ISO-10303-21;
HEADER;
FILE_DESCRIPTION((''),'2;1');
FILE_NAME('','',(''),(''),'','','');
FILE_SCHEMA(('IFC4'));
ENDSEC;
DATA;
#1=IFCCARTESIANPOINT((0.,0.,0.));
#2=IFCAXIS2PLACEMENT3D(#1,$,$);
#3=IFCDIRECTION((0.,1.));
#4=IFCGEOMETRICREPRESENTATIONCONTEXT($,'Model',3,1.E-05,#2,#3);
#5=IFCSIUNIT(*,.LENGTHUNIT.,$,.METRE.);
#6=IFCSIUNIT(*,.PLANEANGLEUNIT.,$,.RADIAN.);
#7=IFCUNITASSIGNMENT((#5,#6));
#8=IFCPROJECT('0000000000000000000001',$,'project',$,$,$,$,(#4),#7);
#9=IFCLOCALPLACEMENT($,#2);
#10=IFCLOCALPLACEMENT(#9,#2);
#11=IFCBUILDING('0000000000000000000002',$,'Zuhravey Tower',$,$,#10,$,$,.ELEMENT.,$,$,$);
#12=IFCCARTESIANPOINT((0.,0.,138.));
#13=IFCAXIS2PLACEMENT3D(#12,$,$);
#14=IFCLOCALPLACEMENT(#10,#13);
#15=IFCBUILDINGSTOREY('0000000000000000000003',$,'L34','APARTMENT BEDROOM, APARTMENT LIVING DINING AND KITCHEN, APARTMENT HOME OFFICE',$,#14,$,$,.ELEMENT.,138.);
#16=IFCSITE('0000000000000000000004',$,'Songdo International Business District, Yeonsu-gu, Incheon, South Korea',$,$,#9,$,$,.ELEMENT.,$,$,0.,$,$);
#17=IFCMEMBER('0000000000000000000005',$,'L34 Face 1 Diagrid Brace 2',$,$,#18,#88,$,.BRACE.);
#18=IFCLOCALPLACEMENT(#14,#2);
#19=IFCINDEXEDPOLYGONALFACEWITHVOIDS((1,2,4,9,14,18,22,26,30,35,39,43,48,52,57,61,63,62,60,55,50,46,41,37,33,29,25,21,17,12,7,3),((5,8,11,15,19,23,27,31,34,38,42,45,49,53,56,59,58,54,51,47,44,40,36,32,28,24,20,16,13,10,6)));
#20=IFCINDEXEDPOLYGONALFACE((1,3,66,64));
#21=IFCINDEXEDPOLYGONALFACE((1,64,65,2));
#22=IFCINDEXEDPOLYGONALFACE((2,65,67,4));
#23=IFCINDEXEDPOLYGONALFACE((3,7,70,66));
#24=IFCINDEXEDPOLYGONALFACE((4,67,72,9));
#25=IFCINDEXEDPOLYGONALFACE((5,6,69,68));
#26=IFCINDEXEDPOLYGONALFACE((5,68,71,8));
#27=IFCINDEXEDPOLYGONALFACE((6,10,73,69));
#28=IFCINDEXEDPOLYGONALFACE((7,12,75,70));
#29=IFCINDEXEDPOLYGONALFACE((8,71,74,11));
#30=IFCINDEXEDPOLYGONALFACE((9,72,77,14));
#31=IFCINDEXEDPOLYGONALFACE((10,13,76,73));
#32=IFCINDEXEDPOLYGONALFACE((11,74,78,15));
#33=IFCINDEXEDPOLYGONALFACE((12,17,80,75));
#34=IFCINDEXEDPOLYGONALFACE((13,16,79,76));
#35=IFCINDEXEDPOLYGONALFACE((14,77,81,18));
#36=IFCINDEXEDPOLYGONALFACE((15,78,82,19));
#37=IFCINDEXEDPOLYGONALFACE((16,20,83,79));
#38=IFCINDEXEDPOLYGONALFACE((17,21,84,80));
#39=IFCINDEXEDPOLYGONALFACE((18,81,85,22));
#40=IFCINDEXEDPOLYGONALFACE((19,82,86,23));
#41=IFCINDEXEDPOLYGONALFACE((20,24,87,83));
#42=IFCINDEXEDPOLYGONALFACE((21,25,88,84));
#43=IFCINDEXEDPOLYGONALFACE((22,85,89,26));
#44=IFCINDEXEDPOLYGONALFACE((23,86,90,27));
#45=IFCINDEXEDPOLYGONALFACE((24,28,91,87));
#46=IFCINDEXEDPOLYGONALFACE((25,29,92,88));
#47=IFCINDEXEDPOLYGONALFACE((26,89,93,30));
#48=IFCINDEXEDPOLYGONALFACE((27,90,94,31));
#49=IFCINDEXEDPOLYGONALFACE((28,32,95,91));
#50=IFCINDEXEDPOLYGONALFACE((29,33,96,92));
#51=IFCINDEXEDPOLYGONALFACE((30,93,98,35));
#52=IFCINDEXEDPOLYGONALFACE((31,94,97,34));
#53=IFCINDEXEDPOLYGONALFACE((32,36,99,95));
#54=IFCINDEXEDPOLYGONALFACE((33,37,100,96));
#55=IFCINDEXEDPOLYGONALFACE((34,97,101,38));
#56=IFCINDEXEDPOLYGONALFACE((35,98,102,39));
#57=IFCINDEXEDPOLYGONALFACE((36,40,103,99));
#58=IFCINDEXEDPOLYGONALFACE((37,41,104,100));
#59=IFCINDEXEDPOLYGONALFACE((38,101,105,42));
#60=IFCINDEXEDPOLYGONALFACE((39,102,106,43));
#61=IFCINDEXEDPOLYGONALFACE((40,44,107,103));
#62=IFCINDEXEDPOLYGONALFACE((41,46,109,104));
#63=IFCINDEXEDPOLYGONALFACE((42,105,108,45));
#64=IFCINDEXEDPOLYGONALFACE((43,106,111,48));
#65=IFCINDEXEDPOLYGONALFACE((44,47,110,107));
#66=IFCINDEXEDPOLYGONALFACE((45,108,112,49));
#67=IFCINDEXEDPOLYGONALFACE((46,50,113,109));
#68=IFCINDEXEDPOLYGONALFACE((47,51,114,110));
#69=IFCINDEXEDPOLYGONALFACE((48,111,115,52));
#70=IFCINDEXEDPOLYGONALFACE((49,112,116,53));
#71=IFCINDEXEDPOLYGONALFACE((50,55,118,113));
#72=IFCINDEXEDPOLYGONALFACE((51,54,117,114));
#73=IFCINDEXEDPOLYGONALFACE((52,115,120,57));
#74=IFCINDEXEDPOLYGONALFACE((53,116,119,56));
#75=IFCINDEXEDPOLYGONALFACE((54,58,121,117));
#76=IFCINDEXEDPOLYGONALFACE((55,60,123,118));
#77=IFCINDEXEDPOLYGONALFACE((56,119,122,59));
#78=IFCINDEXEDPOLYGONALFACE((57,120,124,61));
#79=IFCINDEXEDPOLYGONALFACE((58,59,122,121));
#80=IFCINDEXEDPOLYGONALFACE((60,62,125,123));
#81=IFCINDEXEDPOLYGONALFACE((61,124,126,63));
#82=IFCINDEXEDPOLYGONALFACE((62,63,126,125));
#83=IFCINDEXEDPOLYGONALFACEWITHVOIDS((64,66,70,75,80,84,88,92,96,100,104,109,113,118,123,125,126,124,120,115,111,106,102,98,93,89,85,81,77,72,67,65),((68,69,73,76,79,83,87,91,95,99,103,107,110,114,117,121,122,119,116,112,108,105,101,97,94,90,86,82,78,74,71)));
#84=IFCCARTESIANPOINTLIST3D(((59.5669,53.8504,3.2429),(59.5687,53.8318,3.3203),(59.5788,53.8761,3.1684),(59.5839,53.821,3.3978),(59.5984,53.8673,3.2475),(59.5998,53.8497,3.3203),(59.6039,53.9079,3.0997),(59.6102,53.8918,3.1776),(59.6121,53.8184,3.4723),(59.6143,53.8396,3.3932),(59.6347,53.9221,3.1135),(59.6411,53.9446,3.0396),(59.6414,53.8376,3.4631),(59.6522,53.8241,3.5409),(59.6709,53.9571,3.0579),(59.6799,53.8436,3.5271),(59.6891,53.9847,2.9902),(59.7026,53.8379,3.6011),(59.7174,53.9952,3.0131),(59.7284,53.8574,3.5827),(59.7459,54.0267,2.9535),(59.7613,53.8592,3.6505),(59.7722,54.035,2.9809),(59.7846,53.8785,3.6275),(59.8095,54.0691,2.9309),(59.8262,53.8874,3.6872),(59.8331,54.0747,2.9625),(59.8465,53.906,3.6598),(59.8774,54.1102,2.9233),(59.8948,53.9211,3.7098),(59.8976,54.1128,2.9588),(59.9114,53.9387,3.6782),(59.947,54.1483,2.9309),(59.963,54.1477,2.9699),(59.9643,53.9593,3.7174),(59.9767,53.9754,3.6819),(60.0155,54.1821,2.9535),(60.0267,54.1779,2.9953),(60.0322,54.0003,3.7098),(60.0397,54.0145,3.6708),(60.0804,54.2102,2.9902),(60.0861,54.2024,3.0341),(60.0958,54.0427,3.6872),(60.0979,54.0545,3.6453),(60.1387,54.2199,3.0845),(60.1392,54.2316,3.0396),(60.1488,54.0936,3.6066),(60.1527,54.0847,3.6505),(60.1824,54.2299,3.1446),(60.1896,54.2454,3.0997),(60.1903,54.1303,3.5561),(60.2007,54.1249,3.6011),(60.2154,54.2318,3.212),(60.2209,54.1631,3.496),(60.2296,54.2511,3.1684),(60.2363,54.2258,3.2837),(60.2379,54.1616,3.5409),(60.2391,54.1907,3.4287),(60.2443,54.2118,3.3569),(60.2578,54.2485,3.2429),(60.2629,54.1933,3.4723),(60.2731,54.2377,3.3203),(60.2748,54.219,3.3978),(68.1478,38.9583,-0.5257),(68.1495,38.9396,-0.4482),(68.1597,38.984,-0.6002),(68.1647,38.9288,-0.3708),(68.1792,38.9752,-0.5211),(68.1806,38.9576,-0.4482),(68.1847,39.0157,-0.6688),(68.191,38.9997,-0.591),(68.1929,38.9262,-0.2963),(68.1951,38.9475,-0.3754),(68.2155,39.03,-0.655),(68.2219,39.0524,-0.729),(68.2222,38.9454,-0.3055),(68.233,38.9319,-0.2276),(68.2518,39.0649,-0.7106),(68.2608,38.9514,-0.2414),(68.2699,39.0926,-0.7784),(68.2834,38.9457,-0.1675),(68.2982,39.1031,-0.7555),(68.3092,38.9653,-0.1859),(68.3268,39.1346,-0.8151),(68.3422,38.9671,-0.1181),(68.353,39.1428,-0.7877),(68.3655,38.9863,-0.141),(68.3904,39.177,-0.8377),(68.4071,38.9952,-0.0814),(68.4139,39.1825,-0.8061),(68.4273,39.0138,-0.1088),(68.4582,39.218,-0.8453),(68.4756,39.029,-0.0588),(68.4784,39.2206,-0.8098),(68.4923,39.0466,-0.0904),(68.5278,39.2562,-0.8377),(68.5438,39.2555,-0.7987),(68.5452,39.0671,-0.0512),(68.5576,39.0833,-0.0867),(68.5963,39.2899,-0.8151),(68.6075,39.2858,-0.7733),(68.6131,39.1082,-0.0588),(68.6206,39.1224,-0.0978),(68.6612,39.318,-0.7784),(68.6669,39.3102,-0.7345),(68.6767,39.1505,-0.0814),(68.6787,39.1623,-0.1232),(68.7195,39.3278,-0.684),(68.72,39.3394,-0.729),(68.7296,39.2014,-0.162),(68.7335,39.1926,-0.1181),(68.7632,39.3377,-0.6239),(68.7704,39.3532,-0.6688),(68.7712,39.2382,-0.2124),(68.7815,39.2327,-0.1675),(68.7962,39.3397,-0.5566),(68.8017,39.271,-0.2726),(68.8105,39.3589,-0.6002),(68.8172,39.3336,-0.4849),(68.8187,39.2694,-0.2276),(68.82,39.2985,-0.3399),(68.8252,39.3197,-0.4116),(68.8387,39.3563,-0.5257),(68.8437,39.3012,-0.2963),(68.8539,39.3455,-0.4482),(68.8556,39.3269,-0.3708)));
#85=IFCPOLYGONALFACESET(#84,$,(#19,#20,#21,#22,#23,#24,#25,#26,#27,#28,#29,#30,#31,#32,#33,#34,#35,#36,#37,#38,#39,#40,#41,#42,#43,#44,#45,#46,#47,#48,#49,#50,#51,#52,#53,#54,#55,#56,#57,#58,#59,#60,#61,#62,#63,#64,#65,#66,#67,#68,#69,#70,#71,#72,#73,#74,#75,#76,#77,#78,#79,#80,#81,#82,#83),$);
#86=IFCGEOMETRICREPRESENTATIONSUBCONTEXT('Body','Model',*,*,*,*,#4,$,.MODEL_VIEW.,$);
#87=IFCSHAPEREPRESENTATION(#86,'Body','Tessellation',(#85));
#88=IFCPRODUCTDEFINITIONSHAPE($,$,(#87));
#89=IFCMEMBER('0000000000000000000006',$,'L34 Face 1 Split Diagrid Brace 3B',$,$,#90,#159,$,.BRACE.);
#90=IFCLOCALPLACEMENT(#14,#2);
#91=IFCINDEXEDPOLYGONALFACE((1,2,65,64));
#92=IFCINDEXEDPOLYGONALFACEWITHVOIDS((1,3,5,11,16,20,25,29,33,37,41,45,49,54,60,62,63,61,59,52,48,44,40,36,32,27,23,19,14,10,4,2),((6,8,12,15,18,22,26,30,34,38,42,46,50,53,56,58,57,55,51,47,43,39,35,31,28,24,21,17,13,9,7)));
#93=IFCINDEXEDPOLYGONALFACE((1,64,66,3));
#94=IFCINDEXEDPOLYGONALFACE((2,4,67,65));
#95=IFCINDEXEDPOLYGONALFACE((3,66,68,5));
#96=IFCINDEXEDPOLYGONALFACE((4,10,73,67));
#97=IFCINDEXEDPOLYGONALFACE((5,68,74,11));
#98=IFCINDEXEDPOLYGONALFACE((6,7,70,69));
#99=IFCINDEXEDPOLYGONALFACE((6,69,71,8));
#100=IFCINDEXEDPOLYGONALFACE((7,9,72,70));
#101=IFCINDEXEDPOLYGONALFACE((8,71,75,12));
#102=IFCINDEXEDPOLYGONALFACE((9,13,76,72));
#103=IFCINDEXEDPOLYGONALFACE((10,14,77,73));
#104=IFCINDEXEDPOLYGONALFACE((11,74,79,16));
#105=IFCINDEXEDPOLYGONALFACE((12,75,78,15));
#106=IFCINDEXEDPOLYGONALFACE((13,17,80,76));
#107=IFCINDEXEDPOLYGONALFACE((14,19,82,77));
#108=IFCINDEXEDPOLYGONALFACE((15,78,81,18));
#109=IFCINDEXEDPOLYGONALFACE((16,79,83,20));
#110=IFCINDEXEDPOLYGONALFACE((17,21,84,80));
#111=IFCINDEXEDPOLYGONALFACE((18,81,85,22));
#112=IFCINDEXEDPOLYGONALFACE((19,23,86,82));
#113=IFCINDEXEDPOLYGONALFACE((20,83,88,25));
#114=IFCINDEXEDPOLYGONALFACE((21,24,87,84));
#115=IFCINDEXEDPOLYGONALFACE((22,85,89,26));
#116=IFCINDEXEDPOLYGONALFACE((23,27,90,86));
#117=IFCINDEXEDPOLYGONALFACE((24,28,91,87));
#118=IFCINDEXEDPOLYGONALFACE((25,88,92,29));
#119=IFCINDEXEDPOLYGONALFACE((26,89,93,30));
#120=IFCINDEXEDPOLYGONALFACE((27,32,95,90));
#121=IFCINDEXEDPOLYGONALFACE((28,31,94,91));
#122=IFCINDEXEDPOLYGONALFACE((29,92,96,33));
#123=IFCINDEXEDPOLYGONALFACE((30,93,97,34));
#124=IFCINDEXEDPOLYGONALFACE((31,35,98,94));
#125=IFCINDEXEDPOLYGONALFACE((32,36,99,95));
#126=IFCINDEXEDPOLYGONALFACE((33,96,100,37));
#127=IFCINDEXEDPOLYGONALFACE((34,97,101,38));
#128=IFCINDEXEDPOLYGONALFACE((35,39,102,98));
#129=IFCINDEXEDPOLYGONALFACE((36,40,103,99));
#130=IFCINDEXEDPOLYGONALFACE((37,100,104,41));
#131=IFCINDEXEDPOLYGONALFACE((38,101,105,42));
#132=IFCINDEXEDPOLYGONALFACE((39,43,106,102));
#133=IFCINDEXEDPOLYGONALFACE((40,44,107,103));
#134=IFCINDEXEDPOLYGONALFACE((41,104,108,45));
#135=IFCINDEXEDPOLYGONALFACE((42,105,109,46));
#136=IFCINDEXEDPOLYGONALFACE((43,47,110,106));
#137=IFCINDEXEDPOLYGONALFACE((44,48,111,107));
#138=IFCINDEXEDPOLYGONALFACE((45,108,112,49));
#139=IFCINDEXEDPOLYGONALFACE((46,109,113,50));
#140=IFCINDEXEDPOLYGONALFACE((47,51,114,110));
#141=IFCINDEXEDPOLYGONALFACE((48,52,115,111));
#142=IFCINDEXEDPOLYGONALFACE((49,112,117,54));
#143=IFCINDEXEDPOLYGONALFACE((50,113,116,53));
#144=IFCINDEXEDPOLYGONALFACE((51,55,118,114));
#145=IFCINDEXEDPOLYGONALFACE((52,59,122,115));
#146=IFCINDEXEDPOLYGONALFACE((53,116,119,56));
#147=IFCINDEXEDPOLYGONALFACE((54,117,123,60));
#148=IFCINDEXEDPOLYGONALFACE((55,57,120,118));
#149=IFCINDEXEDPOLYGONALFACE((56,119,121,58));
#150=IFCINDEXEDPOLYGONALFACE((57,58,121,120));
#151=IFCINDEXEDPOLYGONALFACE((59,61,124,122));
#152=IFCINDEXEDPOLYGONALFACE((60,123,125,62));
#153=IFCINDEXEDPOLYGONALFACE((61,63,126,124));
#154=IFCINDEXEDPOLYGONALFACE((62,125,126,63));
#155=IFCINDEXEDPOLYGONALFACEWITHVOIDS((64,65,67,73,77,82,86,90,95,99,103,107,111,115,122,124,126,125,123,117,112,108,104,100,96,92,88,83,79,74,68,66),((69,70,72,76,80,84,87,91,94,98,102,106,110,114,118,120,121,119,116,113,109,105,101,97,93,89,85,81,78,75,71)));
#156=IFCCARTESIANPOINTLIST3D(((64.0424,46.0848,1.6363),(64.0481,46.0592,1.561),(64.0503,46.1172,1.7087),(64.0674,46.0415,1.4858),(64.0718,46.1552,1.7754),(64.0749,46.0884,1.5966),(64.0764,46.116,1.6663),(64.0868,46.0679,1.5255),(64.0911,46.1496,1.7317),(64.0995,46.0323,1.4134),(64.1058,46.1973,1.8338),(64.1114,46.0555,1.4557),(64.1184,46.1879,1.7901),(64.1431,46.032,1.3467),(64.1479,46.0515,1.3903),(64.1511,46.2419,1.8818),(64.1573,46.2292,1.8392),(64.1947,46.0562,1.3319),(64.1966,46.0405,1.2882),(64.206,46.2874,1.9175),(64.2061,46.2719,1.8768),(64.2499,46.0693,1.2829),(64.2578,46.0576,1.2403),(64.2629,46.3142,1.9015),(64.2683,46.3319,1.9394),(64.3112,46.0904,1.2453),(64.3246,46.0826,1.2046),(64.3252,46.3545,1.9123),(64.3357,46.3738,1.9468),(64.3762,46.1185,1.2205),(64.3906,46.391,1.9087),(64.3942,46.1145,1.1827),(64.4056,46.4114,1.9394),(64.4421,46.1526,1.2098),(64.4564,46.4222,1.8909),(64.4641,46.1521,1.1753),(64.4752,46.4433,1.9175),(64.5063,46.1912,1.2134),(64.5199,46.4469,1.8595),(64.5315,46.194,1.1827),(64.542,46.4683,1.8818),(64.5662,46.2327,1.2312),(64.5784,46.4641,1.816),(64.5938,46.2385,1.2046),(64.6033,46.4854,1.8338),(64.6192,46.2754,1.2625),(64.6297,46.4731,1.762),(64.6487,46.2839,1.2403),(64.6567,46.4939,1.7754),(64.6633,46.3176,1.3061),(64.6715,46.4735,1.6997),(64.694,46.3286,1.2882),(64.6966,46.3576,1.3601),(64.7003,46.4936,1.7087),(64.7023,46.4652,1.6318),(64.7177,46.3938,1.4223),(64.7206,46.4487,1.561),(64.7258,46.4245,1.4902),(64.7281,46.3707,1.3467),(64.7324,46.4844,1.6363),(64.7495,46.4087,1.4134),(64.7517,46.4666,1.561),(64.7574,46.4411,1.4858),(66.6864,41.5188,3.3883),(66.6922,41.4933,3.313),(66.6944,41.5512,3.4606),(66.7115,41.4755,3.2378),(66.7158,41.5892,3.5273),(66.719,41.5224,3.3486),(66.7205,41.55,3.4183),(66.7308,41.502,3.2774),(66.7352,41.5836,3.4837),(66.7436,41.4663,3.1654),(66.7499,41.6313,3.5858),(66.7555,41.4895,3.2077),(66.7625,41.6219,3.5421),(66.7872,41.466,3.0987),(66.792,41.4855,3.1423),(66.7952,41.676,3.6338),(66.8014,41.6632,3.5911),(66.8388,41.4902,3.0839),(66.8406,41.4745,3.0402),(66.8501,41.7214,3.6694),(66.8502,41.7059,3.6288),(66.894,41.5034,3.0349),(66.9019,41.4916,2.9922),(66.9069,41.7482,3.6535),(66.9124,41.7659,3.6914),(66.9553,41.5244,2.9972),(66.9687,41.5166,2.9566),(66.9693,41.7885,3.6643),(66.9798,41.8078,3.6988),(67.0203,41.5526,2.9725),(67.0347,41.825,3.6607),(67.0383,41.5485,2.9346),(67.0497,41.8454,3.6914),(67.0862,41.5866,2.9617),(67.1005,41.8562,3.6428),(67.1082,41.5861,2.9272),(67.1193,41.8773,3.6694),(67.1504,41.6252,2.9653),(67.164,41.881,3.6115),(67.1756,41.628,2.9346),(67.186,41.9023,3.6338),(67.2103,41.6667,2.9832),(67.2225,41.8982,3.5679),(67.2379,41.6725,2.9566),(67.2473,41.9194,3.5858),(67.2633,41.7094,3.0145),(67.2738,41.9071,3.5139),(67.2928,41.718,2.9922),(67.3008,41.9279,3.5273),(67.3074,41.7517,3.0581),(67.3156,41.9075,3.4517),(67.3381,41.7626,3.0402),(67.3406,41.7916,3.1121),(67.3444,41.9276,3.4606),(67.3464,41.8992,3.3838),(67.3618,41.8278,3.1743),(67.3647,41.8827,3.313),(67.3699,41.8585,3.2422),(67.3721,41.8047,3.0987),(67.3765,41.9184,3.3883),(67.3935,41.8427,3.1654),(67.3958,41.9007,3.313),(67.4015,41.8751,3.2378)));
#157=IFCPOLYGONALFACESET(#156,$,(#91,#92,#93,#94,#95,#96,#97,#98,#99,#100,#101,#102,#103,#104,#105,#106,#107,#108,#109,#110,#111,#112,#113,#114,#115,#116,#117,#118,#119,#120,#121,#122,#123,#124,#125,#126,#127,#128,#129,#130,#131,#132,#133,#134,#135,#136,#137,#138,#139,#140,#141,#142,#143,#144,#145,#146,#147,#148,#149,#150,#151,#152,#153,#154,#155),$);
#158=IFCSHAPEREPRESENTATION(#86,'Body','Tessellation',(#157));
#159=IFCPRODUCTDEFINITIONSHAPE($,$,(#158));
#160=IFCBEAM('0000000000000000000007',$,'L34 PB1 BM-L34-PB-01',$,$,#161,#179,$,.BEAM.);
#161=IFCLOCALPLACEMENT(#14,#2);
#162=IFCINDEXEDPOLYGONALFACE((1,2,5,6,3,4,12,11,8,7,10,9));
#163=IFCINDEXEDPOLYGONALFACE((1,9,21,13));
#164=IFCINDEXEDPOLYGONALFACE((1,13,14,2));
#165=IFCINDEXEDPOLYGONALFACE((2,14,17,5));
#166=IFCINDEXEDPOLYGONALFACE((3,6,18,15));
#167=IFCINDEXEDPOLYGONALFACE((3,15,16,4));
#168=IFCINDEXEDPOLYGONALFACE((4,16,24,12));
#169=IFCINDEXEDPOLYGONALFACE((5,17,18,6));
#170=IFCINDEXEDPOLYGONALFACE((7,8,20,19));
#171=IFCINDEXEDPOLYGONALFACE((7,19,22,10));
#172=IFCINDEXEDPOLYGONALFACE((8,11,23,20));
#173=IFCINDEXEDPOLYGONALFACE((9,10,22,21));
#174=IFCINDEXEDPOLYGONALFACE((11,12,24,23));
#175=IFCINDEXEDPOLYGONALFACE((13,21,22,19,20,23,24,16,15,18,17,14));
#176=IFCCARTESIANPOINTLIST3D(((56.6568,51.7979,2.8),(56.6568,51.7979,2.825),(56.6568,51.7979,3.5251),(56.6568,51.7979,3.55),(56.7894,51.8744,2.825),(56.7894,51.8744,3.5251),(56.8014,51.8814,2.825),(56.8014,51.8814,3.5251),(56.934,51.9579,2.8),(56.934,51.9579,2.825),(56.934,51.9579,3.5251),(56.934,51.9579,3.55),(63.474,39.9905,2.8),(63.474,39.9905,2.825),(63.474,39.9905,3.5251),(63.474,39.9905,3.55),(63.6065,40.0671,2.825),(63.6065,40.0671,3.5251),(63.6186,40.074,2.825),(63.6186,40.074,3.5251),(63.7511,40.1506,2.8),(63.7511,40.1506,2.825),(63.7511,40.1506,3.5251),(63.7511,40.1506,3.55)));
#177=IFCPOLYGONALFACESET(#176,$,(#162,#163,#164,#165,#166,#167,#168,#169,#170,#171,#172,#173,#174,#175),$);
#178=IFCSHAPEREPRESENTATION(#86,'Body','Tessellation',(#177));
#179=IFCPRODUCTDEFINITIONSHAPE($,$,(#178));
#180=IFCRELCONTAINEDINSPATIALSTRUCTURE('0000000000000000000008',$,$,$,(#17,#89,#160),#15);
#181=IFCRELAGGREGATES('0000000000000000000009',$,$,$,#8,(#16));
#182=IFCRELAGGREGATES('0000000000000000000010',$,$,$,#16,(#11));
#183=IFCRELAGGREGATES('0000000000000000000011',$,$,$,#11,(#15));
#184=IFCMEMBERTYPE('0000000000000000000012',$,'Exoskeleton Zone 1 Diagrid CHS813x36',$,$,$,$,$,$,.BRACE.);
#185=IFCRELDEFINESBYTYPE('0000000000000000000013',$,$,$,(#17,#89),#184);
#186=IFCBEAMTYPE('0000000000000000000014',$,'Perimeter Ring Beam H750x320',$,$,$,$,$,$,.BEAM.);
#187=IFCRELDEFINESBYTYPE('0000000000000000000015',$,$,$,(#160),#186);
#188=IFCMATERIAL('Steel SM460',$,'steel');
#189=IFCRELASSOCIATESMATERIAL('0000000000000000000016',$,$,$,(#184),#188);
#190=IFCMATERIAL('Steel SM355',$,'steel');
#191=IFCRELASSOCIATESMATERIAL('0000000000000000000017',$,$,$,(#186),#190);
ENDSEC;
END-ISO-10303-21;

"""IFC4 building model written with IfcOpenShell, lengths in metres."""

from ifc_helpers import new_model, si_unit, direction, frame, origin, origin_2d, place, context, subcontext, project, spatial, hollow_circle, i_section, extrude, material, material_profile, profile_set, type_object, element, save


model = new_model("IFC4")

# Units and contexts
model_context = context("Model", 3, precision=1e-05, world=origin(), true_north=direction((0.0, 1.0)))
body_context = subcontext(model_context, "Body", "Model", "MODEL_VIEW")
ifc_project = project(units=[si_unit("LENGTHUNIT", "METRE"), si_unit("PLANEANGLEUNIT", "RADIAN")], contexts=[model_context])

# Site, building, storey
site_placement = place(None, origin())
site = spatial("IfcSite", under=ifc_project, at=site_placement, Name="Songdo International Business District, Yeonsu-gu, Incheon, South Korea", CompositionType="ELEMENT", RefElevation=0.0)
building_placement = place(site_placement, origin())
building = spatial("IfcBuilding", under=site, at=building_placement, Name="Zuhravey Tower", CompositionType="ELEMENT")
storey_placement = place(building_placement, frame((0.0, 0.0, 138.0)))
storey = spatial("IfcBuildingStorey", under=building, at=storey_placement, Name="L34", Description="APARTMENT BEDROOM, APARTMENT LIVING DINING AND KITCHEN, APARTMENT HOME OFFICE", CompositionType="ELEMENT", Elevation=138.0)

# Shared definitions
ifc_material_1 = material(Name="Steel SM460", Category="steel")

# Members
ifc_material_2 = material(Name="Steel SM355", Category="steel")
ifc_material_profile_1 = material_profile(ifc_material_1, hollow_circle(Radius=0.4065, WallThickness=0.0359, at=origin_2d()), Name="CHS-812.8x36")
ifc_profile_set_1 = profile_set([ifc_material_profile_1], Name="Steel SM460")
member_type_1 = type_object("IfcMemberType", Name="Exoskeleton Zone 1 Diagrid CHS813x36", PredefinedType="BRACE", material=ifc_profile_set_1)
member_1_placement = place(storey_placement, frame((68.5017, 39.1426, -0.4482), z_axis=(-0.487667, 0.846351, 0.214175), x_axis=(-0.866457, -0.499252, 0.0)))
element("IfcMember", 1, at=member_1_placement, inside=storey, type_object=member_type_1, Name="L34 Face 1 Diagrid Brace 2", PredefinedType="BRACE", context=body_context, shape_type="SweptSolid", body=[
    extrude(hollow_circle(Radius=0.4065, WallThickness=0.0359, at=origin_2d()), origin(), (0.0, 0.0, 1.0), 17.5957),
])
member_2_placement = place(storey_placement, frame((64.3999, 46.2629, 1.561), z_axis=(0.475591, -0.821284, 0.315128), x_axis=(0.865376, 0.501124, 0.0)))
element("IfcMember", 2, at=member_2_placement, inside=storey, type_object=member_type_1, Name="L34 Face 1 Split Diagrid Brace 3B", PredefinedType="BRACE", context=body_context, shape_type="SweptSolid", body=[
    extrude(hollow_circle(Radius=0.4065, WallThickness=0.0359, at=origin_2d()), origin(), (0.0, 0.0, 1.0), 5.5596),
])

# Beam
ifc_material_profile_2 = material_profile(ifc_material_2, i_section(OverallWidth=0.3201, OverallDepth=0.75, WebThickness=0.0139, FlangeThickness=0.0249, at=origin_2d()), Name="H-750x320x14x25")
ifc_profile_set_2 = profile_set([ifc_material_profile_2], Name="Steel SM355")
beam_type_1 = type_object("IfcBeamType", Name="Perimeter Ring Beam H750x320", PredefinedType="BEAM", material=ifc_profile_set_2)
beam_1_placement = place(storey_placement, frame((63.6125, 40.0706, 3.175), z_axis=(-0.500008, 0.866021, 0.0), x_axis=(-0.866021, -0.500008, 0.0)))
element("IfcBeam", 3, at=beam_1_placement, inside=storey, type_object=beam_type_1, Name="L34 PB1 BM-L34-PB-01", PredefinedType="BEAM", context=body_context, shape_type="SweptSolid", body=[
    extrude(i_section(OverallWidth=0.3201, OverallDepth=0.75, WebThickness=0.0139, FlangeThickness=0.0249, at=origin_2d()), origin(), (0.0, 0.0, 1.0), 13.634),
])

save(model, "model.ifc")
